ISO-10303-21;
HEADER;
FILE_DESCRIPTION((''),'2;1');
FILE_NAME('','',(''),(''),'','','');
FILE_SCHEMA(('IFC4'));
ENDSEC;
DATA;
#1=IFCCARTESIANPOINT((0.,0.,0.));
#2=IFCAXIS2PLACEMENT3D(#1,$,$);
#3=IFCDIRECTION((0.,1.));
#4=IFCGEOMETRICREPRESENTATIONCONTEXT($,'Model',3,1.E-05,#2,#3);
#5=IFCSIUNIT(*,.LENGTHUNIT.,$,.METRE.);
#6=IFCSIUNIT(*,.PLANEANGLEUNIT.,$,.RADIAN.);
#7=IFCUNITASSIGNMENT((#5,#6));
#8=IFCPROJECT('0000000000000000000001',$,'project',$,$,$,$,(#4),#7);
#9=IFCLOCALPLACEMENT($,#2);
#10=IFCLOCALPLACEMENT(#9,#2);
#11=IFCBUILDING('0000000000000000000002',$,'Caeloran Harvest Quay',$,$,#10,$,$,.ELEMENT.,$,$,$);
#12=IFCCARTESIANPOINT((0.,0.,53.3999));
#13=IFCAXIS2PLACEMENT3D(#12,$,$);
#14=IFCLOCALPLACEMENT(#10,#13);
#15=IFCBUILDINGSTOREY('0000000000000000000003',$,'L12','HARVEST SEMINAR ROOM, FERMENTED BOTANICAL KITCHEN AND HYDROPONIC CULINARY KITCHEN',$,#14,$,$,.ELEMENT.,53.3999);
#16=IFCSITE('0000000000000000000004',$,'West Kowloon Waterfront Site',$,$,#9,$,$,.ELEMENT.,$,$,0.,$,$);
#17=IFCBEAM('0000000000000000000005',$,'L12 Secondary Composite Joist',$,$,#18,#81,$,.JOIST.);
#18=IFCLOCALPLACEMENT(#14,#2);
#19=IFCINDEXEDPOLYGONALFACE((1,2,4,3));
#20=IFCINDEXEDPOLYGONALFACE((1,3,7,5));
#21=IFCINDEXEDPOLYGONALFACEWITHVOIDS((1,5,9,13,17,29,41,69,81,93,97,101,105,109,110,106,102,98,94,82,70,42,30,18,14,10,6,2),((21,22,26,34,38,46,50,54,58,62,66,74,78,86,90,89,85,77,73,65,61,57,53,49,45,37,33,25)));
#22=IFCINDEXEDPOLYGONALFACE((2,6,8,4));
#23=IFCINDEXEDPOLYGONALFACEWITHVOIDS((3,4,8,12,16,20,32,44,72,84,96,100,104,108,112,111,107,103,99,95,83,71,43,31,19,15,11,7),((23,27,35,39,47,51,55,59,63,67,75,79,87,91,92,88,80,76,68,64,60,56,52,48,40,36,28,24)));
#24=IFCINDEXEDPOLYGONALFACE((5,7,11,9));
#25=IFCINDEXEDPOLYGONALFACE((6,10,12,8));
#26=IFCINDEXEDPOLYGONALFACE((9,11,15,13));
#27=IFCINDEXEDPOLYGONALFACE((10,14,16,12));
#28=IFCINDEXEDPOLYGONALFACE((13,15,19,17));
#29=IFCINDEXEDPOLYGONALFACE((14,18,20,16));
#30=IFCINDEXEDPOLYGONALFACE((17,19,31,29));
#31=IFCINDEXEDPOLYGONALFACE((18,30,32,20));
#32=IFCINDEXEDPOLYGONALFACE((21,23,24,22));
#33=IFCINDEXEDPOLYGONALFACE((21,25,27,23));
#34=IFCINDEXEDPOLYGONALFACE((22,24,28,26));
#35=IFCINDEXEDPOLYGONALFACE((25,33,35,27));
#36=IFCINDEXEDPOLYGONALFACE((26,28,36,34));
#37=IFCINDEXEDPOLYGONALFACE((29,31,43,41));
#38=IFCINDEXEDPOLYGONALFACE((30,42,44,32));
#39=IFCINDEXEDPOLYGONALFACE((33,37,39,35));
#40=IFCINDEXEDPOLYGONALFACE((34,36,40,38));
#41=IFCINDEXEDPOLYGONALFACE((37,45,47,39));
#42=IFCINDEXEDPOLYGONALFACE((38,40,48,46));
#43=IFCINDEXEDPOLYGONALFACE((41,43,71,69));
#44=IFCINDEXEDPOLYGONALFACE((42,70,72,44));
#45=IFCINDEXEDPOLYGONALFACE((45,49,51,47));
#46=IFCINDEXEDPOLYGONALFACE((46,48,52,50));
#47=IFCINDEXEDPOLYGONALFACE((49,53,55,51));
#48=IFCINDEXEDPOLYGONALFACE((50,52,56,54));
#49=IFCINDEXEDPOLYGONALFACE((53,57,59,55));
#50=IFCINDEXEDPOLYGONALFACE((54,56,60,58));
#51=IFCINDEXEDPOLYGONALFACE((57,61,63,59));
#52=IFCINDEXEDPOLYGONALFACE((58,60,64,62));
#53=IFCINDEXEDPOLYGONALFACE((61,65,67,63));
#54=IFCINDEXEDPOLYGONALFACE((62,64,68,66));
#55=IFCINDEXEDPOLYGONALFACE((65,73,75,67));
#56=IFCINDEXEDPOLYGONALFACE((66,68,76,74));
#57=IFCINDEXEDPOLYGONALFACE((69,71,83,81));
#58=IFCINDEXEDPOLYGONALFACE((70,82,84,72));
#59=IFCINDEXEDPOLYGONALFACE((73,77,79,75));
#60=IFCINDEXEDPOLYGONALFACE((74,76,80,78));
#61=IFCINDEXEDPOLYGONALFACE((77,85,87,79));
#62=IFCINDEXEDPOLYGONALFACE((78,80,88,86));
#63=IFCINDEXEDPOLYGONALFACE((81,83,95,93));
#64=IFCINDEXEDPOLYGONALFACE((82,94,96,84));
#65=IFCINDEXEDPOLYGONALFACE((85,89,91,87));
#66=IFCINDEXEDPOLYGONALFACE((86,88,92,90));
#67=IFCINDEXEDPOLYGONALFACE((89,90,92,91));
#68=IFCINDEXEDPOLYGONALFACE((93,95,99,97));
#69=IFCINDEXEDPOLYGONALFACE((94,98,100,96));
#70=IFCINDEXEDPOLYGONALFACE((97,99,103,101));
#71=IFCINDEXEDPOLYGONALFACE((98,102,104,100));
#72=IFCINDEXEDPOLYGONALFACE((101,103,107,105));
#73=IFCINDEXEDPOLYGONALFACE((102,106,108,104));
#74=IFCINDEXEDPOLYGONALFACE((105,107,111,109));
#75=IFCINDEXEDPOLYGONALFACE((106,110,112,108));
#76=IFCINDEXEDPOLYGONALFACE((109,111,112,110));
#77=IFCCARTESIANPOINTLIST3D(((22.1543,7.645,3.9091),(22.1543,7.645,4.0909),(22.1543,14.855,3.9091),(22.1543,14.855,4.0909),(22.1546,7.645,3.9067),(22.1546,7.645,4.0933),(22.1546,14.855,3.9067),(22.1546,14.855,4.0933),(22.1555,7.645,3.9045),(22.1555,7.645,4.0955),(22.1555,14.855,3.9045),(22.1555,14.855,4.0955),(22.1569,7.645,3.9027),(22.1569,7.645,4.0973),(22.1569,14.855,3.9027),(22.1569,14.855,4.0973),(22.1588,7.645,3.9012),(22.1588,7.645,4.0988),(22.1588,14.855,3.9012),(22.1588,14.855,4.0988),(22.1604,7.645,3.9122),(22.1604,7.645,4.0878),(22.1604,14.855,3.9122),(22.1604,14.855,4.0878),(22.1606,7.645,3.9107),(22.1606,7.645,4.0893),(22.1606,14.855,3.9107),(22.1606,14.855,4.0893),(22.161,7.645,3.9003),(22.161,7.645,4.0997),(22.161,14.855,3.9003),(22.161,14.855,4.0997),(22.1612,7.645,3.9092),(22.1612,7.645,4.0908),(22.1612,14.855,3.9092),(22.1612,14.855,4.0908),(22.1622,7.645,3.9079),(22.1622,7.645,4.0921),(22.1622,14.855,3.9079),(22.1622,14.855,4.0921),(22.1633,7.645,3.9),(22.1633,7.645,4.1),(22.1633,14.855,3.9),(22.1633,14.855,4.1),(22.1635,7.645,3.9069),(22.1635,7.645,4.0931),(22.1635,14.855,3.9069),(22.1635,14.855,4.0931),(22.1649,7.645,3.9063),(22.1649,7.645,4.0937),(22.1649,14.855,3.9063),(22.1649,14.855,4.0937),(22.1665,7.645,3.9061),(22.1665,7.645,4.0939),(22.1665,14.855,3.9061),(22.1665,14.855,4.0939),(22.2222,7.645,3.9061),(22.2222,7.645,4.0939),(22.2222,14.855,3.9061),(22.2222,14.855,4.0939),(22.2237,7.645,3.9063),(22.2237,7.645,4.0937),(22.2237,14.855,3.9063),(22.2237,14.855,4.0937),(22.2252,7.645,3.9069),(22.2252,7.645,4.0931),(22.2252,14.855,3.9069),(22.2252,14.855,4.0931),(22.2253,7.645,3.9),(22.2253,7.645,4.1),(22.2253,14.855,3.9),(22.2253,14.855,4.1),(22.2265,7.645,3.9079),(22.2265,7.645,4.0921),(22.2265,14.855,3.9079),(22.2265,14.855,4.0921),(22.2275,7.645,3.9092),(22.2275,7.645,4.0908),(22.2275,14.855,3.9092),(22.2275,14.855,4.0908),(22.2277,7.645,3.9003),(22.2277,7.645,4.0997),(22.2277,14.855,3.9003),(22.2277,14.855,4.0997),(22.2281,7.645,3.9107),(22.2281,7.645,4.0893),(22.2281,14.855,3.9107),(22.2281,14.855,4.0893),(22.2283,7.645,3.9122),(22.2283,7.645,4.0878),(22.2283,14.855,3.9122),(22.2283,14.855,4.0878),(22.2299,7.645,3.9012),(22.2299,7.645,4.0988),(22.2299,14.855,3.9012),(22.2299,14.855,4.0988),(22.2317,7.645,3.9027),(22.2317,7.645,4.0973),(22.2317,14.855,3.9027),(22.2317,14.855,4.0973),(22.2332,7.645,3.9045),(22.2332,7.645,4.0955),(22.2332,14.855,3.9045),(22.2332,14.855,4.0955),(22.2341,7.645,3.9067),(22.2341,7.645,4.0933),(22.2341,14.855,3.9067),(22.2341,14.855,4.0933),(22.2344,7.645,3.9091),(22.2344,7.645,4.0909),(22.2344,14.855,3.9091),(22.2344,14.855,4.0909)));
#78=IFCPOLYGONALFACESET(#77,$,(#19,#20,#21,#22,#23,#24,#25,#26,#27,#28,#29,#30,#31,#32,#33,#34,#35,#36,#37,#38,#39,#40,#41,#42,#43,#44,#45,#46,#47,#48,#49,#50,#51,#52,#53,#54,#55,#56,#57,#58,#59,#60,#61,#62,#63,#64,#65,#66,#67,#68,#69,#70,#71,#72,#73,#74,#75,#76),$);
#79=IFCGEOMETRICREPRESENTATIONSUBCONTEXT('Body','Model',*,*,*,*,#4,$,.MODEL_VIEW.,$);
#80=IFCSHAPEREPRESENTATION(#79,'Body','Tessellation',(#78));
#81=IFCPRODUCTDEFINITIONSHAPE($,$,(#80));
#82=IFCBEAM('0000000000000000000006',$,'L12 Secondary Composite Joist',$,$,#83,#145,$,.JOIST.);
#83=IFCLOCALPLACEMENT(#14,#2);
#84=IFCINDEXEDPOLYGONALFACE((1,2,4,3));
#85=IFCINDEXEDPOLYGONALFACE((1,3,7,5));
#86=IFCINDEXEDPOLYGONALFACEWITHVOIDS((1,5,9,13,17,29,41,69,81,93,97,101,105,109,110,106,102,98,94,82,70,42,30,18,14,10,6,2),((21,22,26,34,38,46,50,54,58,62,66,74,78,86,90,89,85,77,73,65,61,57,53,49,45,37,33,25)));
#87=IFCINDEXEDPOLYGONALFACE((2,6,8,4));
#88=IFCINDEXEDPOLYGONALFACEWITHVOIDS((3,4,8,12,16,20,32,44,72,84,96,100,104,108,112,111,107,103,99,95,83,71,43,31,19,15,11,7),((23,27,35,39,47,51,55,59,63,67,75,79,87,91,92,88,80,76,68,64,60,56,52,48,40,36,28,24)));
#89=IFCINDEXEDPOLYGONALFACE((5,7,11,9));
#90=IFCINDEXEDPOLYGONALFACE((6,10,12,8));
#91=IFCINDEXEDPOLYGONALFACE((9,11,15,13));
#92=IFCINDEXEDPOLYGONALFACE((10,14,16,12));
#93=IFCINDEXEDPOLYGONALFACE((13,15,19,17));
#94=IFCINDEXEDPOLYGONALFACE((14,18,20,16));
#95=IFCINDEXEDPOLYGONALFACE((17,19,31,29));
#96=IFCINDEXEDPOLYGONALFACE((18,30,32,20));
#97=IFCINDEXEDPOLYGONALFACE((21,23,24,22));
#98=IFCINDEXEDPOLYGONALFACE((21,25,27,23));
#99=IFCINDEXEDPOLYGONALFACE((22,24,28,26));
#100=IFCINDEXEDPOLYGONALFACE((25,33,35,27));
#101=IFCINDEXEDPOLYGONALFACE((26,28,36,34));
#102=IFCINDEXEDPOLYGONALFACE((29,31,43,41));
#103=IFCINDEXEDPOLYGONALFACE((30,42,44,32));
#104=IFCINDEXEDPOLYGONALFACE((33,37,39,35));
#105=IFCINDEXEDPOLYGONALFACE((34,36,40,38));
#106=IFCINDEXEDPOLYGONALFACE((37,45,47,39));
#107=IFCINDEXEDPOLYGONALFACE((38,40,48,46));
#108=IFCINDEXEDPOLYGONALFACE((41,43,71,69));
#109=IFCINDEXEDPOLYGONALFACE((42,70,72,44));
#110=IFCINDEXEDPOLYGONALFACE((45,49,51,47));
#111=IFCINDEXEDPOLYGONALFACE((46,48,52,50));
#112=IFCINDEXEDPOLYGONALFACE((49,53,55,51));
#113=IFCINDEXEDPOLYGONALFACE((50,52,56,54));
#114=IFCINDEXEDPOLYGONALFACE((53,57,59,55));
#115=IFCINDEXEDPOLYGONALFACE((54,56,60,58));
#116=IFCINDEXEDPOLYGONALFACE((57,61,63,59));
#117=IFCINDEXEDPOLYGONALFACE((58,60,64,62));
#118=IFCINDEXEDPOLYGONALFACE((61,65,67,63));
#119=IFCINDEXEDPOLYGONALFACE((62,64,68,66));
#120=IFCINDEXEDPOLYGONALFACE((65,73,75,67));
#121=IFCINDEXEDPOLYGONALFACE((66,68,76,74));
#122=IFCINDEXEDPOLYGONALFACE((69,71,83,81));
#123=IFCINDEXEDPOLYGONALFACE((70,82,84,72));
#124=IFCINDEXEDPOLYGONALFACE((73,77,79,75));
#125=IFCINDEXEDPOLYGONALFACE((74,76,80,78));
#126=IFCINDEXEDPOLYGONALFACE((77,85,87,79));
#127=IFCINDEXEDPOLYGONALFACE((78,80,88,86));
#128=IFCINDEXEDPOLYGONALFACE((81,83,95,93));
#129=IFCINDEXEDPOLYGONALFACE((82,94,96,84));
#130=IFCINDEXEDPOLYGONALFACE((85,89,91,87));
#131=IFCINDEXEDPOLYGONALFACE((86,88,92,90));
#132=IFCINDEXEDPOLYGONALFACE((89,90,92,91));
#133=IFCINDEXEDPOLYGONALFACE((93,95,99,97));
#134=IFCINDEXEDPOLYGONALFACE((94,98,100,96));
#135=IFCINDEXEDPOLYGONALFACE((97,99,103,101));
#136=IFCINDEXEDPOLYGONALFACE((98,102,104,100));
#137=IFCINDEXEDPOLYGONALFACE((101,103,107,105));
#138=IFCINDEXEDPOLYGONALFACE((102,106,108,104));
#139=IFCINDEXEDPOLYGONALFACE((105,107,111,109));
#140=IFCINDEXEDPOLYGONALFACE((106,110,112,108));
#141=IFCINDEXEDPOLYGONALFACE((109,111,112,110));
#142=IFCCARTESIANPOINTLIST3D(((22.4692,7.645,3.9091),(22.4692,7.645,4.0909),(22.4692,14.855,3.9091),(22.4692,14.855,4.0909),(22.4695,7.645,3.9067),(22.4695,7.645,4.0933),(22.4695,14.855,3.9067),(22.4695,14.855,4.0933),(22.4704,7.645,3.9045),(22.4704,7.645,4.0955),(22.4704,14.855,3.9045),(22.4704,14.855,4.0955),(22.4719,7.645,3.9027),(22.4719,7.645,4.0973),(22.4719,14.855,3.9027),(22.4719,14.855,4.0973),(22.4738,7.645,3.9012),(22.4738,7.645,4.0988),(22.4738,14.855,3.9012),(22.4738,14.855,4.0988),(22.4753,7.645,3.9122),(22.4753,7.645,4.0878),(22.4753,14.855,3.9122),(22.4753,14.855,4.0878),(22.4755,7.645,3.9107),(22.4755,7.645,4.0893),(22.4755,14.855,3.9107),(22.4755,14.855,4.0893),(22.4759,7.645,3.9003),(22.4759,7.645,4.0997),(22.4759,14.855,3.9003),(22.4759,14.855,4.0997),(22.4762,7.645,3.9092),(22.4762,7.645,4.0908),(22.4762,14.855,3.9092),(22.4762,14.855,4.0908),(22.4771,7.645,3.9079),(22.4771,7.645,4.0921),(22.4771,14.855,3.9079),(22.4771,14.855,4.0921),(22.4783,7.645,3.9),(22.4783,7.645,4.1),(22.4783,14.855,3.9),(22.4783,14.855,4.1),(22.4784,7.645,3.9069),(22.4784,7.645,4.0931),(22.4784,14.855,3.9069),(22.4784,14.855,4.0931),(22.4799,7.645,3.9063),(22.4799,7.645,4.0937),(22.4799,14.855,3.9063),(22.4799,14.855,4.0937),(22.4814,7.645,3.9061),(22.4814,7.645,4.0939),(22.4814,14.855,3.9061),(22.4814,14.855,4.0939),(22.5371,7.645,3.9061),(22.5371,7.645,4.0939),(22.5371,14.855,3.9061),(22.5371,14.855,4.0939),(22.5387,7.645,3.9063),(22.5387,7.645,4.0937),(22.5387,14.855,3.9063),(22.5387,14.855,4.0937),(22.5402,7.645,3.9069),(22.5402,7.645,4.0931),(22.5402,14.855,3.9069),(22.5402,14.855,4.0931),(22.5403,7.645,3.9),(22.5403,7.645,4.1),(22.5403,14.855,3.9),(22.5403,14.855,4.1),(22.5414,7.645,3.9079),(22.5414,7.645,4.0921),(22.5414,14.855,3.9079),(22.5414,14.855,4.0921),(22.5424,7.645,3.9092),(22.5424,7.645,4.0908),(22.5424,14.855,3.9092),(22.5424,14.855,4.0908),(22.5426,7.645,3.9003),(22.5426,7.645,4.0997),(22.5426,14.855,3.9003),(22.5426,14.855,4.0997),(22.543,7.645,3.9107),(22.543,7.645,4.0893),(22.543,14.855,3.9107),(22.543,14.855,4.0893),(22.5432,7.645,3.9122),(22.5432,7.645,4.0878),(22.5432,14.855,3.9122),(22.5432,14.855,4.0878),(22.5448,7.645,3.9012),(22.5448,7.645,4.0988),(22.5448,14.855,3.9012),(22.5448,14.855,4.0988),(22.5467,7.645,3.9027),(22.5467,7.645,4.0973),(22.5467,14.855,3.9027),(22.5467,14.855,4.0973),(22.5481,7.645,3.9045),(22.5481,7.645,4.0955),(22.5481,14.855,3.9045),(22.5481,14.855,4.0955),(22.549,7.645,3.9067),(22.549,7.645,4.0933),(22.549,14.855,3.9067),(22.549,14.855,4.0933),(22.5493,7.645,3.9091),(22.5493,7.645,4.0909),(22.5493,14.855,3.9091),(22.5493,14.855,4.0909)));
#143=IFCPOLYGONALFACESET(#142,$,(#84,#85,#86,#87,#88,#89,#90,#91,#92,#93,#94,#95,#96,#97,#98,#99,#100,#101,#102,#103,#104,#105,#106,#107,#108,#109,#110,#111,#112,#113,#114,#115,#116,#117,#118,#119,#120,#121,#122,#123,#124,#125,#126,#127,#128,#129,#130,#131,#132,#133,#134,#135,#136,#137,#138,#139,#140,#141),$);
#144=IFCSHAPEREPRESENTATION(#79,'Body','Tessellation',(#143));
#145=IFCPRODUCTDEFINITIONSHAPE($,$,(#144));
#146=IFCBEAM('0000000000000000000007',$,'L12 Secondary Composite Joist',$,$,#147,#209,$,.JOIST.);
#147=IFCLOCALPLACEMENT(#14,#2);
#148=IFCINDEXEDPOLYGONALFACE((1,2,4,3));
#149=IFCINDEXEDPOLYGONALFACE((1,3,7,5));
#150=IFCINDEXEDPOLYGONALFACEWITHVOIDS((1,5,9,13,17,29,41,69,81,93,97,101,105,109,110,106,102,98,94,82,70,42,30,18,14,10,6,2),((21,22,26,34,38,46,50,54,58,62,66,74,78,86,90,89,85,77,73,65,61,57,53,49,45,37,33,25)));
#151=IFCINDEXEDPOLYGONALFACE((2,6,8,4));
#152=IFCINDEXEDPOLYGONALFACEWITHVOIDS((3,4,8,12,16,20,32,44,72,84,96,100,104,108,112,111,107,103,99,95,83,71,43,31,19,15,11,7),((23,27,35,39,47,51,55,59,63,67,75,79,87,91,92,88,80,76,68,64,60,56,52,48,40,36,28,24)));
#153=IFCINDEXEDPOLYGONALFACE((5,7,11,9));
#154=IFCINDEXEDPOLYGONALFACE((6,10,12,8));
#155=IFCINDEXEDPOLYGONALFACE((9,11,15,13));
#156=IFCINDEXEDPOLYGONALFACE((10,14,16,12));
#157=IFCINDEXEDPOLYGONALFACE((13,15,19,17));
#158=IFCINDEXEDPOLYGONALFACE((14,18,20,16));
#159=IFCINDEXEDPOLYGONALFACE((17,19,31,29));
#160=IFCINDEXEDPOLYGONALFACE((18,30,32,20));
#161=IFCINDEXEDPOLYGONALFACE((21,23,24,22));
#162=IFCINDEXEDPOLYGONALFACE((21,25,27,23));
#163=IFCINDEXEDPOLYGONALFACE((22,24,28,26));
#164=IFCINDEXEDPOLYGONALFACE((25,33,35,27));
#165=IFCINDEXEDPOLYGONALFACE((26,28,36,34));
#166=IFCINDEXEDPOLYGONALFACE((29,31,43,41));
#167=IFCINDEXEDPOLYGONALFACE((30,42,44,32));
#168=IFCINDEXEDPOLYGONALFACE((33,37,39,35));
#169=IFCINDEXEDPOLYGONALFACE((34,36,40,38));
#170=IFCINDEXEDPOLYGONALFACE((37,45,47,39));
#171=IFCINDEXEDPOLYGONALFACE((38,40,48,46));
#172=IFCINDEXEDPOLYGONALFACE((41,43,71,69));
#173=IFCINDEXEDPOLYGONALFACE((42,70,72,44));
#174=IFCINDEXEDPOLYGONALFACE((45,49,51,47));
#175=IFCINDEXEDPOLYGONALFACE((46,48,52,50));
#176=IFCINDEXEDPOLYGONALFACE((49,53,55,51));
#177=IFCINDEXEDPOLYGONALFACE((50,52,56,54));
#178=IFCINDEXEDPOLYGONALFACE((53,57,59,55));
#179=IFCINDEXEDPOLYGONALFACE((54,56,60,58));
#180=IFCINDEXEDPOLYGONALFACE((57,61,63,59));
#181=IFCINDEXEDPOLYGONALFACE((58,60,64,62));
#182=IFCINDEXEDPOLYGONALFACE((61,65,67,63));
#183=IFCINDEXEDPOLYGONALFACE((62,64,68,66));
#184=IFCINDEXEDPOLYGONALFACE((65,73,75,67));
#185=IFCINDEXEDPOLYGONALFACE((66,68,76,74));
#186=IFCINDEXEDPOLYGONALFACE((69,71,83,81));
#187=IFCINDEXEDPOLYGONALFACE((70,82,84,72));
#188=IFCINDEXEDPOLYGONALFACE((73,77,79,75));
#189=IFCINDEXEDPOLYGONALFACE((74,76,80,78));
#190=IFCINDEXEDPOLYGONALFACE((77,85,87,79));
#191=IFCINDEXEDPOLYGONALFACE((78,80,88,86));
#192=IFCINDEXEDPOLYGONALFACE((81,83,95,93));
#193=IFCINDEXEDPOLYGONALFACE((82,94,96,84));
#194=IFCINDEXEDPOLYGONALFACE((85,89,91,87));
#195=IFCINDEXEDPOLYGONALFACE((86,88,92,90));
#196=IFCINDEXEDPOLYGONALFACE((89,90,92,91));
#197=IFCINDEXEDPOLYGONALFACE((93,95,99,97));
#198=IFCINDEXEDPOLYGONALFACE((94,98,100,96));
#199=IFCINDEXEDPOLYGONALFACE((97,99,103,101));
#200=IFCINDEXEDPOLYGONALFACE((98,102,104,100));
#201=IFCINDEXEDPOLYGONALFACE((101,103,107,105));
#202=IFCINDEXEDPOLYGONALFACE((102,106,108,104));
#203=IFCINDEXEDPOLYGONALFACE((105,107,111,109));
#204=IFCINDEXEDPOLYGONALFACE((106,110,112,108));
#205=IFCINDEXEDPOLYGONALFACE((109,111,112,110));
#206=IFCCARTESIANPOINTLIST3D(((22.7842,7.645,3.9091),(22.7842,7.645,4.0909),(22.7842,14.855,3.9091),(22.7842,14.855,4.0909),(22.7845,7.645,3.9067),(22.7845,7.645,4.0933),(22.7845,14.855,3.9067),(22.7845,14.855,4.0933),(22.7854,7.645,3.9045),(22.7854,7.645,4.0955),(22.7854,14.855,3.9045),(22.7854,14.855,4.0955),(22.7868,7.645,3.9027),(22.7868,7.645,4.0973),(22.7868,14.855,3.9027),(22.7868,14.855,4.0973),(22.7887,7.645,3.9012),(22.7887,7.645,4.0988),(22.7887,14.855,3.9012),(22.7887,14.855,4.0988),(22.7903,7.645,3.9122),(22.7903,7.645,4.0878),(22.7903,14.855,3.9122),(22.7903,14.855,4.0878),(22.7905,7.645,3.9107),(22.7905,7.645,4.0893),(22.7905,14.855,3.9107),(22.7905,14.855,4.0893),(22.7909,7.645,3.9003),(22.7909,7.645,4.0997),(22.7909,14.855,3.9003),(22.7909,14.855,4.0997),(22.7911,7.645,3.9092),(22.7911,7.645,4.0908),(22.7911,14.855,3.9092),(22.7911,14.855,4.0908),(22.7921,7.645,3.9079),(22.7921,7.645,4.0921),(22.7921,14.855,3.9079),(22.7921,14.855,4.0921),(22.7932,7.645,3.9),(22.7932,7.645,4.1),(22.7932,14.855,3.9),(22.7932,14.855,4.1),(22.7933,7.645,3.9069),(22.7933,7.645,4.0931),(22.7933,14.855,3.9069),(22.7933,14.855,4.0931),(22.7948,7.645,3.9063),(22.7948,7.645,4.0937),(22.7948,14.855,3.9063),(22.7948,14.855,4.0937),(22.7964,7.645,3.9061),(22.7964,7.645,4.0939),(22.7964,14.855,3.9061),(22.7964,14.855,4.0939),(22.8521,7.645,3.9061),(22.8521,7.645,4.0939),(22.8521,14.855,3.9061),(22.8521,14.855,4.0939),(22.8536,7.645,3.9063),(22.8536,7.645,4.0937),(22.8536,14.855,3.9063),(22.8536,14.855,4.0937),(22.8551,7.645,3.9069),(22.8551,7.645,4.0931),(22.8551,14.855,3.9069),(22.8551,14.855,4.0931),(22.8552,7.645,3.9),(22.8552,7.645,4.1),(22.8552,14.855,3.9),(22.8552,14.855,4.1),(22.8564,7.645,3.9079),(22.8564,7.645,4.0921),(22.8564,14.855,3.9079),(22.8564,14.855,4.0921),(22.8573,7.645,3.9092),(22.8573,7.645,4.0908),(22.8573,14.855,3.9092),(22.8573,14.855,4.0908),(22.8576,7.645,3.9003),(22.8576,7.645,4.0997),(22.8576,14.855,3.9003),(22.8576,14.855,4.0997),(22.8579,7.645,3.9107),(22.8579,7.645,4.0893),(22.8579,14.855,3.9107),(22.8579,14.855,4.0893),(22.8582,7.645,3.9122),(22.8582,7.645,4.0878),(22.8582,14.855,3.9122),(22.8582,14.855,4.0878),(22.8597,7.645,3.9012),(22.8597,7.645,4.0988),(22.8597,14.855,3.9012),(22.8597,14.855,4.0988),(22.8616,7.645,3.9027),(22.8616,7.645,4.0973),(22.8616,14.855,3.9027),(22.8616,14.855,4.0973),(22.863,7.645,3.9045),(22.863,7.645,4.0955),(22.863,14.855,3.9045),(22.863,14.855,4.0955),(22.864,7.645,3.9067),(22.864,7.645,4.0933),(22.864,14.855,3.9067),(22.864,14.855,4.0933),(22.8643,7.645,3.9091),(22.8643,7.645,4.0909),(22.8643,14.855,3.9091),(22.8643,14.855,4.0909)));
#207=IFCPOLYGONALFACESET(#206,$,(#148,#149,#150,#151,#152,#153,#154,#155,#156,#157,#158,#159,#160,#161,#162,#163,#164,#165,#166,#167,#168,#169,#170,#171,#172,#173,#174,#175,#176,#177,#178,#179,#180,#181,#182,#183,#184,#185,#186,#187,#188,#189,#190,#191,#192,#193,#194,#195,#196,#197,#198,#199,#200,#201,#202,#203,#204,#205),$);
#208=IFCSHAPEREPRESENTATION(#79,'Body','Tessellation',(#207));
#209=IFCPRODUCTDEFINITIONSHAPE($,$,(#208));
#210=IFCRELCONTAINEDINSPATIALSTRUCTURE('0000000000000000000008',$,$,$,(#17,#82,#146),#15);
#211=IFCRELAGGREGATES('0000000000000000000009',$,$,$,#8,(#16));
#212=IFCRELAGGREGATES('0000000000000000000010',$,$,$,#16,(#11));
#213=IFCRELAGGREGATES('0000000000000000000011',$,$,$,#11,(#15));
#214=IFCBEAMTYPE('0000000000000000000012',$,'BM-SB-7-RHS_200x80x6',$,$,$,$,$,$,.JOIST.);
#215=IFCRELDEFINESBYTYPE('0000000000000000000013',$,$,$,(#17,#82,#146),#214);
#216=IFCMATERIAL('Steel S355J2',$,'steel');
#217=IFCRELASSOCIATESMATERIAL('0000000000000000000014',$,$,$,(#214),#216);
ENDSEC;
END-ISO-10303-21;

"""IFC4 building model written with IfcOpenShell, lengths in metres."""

from ifc_helpers import new_model, si_unit, direction, frame, origin, origin_2d, place, context, subcontext, project, spatial, hollow_rectangle, extrude, material, material_profile, profile_set, type_object, element, save


model = new_model("IFC4")

# Units and contexts
model_context = context("Model", 3, precision=1e-05, world=origin(), true_north=direction((0.0, 1.0)))
body_context = subcontext(model_context, "Body", "Model", "MODEL_VIEW")
ifc_project = project(units=[si_unit("LENGTHUNIT", "METRE"), si_unit("PLANEANGLEUNIT", "RADIAN")], contexts=[model_context])

# Site, building, storey
site_placement = place(None, origin())
site = spatial("IfcSite", under=ifc_project, at=site_placement, Name="West Kowloon Waterfront Site", CompositionType="ELEMENT", RefElevation=0.0)
building_placement = place(site_placement, origin())
building = spatial("IfcBuilding", under=site, at=building_placement, Name="Caeloran Harvest Quay", CompositionType="ELEMENT")
storey_placement = place(building_placement, frame((0.0, 0.0, 53.3999)))
storey = spatial("IfcBuildingStorey", under=building, at=storey_placement, Name="L12", Description="HARVEST SEMINAR ROOM, FERMENTED BOTANICAL KITCHEN AND HYDROPONIC CULINARY KITCHEN", CompositionType="ELEMENT", Elevation=53.3999)

# Beams
ifc_material_1 = material(Name="Steel S355J2", Category="steel")
ifc_material_profile_1 = material_profile(ifc_material_1, hollow_rectangle(XDim=0.0801, YDim=0.2, WallThickness=0.0061, InnerFilletRadius=0.0061, OuterFilletRadius=0.009, at=origin_2d()), Name="RHS 200x80x6")
ifc_profile_set_1 = profile_set([ifc_material_profile_1], Name="Steel S355J2")
beam_type_1 = type_object("IfcBeamType", Name="BM-SB-7-RHS_200x80x6", PredefinedType="JOIST", material=ifc_profile_set_1)
for number, where, z_axis, x_axis, name in (
    (1, (22.1943, 7.645, 4.0), (0.0, 1.0, 0.0), (-1.0, 0.0, 0.0), "L12 Secondary Composite Joist"),
    (2, (22.5093, 7.645, 4.0), (0.0, 1.0, 0.0), (-1.0, 0.0, 0.0), "L12 Secondary Composite Joist"),
    (3, (22.8242, 7.645, 4.0), (0.0, 1.0, 0.0), (-1.0, 0.0, 0.0), "L12 Secondary Composite Joist"),
):
    element("IfcBeam", number, at=place(storey_placement, frame(where, z_axis=z_axis, x_axis=x_axis)), inside=storey, type_object=beam_type_1, Name=name, PredefinedType="JOIST", context=body_context, shape_type="SweptSolid", body=[
        extrude(hollow_rectangle(XDim=0.0801, YDim=0.2, WallThickness=0.0061, InnerFilletRadius=0.0061, OuterFilletRadius=0.009, at=origin_2d()), origin(), (0.0, 0.0, 1.0), 7.21),
    ])

save(model, "model.ifc")
